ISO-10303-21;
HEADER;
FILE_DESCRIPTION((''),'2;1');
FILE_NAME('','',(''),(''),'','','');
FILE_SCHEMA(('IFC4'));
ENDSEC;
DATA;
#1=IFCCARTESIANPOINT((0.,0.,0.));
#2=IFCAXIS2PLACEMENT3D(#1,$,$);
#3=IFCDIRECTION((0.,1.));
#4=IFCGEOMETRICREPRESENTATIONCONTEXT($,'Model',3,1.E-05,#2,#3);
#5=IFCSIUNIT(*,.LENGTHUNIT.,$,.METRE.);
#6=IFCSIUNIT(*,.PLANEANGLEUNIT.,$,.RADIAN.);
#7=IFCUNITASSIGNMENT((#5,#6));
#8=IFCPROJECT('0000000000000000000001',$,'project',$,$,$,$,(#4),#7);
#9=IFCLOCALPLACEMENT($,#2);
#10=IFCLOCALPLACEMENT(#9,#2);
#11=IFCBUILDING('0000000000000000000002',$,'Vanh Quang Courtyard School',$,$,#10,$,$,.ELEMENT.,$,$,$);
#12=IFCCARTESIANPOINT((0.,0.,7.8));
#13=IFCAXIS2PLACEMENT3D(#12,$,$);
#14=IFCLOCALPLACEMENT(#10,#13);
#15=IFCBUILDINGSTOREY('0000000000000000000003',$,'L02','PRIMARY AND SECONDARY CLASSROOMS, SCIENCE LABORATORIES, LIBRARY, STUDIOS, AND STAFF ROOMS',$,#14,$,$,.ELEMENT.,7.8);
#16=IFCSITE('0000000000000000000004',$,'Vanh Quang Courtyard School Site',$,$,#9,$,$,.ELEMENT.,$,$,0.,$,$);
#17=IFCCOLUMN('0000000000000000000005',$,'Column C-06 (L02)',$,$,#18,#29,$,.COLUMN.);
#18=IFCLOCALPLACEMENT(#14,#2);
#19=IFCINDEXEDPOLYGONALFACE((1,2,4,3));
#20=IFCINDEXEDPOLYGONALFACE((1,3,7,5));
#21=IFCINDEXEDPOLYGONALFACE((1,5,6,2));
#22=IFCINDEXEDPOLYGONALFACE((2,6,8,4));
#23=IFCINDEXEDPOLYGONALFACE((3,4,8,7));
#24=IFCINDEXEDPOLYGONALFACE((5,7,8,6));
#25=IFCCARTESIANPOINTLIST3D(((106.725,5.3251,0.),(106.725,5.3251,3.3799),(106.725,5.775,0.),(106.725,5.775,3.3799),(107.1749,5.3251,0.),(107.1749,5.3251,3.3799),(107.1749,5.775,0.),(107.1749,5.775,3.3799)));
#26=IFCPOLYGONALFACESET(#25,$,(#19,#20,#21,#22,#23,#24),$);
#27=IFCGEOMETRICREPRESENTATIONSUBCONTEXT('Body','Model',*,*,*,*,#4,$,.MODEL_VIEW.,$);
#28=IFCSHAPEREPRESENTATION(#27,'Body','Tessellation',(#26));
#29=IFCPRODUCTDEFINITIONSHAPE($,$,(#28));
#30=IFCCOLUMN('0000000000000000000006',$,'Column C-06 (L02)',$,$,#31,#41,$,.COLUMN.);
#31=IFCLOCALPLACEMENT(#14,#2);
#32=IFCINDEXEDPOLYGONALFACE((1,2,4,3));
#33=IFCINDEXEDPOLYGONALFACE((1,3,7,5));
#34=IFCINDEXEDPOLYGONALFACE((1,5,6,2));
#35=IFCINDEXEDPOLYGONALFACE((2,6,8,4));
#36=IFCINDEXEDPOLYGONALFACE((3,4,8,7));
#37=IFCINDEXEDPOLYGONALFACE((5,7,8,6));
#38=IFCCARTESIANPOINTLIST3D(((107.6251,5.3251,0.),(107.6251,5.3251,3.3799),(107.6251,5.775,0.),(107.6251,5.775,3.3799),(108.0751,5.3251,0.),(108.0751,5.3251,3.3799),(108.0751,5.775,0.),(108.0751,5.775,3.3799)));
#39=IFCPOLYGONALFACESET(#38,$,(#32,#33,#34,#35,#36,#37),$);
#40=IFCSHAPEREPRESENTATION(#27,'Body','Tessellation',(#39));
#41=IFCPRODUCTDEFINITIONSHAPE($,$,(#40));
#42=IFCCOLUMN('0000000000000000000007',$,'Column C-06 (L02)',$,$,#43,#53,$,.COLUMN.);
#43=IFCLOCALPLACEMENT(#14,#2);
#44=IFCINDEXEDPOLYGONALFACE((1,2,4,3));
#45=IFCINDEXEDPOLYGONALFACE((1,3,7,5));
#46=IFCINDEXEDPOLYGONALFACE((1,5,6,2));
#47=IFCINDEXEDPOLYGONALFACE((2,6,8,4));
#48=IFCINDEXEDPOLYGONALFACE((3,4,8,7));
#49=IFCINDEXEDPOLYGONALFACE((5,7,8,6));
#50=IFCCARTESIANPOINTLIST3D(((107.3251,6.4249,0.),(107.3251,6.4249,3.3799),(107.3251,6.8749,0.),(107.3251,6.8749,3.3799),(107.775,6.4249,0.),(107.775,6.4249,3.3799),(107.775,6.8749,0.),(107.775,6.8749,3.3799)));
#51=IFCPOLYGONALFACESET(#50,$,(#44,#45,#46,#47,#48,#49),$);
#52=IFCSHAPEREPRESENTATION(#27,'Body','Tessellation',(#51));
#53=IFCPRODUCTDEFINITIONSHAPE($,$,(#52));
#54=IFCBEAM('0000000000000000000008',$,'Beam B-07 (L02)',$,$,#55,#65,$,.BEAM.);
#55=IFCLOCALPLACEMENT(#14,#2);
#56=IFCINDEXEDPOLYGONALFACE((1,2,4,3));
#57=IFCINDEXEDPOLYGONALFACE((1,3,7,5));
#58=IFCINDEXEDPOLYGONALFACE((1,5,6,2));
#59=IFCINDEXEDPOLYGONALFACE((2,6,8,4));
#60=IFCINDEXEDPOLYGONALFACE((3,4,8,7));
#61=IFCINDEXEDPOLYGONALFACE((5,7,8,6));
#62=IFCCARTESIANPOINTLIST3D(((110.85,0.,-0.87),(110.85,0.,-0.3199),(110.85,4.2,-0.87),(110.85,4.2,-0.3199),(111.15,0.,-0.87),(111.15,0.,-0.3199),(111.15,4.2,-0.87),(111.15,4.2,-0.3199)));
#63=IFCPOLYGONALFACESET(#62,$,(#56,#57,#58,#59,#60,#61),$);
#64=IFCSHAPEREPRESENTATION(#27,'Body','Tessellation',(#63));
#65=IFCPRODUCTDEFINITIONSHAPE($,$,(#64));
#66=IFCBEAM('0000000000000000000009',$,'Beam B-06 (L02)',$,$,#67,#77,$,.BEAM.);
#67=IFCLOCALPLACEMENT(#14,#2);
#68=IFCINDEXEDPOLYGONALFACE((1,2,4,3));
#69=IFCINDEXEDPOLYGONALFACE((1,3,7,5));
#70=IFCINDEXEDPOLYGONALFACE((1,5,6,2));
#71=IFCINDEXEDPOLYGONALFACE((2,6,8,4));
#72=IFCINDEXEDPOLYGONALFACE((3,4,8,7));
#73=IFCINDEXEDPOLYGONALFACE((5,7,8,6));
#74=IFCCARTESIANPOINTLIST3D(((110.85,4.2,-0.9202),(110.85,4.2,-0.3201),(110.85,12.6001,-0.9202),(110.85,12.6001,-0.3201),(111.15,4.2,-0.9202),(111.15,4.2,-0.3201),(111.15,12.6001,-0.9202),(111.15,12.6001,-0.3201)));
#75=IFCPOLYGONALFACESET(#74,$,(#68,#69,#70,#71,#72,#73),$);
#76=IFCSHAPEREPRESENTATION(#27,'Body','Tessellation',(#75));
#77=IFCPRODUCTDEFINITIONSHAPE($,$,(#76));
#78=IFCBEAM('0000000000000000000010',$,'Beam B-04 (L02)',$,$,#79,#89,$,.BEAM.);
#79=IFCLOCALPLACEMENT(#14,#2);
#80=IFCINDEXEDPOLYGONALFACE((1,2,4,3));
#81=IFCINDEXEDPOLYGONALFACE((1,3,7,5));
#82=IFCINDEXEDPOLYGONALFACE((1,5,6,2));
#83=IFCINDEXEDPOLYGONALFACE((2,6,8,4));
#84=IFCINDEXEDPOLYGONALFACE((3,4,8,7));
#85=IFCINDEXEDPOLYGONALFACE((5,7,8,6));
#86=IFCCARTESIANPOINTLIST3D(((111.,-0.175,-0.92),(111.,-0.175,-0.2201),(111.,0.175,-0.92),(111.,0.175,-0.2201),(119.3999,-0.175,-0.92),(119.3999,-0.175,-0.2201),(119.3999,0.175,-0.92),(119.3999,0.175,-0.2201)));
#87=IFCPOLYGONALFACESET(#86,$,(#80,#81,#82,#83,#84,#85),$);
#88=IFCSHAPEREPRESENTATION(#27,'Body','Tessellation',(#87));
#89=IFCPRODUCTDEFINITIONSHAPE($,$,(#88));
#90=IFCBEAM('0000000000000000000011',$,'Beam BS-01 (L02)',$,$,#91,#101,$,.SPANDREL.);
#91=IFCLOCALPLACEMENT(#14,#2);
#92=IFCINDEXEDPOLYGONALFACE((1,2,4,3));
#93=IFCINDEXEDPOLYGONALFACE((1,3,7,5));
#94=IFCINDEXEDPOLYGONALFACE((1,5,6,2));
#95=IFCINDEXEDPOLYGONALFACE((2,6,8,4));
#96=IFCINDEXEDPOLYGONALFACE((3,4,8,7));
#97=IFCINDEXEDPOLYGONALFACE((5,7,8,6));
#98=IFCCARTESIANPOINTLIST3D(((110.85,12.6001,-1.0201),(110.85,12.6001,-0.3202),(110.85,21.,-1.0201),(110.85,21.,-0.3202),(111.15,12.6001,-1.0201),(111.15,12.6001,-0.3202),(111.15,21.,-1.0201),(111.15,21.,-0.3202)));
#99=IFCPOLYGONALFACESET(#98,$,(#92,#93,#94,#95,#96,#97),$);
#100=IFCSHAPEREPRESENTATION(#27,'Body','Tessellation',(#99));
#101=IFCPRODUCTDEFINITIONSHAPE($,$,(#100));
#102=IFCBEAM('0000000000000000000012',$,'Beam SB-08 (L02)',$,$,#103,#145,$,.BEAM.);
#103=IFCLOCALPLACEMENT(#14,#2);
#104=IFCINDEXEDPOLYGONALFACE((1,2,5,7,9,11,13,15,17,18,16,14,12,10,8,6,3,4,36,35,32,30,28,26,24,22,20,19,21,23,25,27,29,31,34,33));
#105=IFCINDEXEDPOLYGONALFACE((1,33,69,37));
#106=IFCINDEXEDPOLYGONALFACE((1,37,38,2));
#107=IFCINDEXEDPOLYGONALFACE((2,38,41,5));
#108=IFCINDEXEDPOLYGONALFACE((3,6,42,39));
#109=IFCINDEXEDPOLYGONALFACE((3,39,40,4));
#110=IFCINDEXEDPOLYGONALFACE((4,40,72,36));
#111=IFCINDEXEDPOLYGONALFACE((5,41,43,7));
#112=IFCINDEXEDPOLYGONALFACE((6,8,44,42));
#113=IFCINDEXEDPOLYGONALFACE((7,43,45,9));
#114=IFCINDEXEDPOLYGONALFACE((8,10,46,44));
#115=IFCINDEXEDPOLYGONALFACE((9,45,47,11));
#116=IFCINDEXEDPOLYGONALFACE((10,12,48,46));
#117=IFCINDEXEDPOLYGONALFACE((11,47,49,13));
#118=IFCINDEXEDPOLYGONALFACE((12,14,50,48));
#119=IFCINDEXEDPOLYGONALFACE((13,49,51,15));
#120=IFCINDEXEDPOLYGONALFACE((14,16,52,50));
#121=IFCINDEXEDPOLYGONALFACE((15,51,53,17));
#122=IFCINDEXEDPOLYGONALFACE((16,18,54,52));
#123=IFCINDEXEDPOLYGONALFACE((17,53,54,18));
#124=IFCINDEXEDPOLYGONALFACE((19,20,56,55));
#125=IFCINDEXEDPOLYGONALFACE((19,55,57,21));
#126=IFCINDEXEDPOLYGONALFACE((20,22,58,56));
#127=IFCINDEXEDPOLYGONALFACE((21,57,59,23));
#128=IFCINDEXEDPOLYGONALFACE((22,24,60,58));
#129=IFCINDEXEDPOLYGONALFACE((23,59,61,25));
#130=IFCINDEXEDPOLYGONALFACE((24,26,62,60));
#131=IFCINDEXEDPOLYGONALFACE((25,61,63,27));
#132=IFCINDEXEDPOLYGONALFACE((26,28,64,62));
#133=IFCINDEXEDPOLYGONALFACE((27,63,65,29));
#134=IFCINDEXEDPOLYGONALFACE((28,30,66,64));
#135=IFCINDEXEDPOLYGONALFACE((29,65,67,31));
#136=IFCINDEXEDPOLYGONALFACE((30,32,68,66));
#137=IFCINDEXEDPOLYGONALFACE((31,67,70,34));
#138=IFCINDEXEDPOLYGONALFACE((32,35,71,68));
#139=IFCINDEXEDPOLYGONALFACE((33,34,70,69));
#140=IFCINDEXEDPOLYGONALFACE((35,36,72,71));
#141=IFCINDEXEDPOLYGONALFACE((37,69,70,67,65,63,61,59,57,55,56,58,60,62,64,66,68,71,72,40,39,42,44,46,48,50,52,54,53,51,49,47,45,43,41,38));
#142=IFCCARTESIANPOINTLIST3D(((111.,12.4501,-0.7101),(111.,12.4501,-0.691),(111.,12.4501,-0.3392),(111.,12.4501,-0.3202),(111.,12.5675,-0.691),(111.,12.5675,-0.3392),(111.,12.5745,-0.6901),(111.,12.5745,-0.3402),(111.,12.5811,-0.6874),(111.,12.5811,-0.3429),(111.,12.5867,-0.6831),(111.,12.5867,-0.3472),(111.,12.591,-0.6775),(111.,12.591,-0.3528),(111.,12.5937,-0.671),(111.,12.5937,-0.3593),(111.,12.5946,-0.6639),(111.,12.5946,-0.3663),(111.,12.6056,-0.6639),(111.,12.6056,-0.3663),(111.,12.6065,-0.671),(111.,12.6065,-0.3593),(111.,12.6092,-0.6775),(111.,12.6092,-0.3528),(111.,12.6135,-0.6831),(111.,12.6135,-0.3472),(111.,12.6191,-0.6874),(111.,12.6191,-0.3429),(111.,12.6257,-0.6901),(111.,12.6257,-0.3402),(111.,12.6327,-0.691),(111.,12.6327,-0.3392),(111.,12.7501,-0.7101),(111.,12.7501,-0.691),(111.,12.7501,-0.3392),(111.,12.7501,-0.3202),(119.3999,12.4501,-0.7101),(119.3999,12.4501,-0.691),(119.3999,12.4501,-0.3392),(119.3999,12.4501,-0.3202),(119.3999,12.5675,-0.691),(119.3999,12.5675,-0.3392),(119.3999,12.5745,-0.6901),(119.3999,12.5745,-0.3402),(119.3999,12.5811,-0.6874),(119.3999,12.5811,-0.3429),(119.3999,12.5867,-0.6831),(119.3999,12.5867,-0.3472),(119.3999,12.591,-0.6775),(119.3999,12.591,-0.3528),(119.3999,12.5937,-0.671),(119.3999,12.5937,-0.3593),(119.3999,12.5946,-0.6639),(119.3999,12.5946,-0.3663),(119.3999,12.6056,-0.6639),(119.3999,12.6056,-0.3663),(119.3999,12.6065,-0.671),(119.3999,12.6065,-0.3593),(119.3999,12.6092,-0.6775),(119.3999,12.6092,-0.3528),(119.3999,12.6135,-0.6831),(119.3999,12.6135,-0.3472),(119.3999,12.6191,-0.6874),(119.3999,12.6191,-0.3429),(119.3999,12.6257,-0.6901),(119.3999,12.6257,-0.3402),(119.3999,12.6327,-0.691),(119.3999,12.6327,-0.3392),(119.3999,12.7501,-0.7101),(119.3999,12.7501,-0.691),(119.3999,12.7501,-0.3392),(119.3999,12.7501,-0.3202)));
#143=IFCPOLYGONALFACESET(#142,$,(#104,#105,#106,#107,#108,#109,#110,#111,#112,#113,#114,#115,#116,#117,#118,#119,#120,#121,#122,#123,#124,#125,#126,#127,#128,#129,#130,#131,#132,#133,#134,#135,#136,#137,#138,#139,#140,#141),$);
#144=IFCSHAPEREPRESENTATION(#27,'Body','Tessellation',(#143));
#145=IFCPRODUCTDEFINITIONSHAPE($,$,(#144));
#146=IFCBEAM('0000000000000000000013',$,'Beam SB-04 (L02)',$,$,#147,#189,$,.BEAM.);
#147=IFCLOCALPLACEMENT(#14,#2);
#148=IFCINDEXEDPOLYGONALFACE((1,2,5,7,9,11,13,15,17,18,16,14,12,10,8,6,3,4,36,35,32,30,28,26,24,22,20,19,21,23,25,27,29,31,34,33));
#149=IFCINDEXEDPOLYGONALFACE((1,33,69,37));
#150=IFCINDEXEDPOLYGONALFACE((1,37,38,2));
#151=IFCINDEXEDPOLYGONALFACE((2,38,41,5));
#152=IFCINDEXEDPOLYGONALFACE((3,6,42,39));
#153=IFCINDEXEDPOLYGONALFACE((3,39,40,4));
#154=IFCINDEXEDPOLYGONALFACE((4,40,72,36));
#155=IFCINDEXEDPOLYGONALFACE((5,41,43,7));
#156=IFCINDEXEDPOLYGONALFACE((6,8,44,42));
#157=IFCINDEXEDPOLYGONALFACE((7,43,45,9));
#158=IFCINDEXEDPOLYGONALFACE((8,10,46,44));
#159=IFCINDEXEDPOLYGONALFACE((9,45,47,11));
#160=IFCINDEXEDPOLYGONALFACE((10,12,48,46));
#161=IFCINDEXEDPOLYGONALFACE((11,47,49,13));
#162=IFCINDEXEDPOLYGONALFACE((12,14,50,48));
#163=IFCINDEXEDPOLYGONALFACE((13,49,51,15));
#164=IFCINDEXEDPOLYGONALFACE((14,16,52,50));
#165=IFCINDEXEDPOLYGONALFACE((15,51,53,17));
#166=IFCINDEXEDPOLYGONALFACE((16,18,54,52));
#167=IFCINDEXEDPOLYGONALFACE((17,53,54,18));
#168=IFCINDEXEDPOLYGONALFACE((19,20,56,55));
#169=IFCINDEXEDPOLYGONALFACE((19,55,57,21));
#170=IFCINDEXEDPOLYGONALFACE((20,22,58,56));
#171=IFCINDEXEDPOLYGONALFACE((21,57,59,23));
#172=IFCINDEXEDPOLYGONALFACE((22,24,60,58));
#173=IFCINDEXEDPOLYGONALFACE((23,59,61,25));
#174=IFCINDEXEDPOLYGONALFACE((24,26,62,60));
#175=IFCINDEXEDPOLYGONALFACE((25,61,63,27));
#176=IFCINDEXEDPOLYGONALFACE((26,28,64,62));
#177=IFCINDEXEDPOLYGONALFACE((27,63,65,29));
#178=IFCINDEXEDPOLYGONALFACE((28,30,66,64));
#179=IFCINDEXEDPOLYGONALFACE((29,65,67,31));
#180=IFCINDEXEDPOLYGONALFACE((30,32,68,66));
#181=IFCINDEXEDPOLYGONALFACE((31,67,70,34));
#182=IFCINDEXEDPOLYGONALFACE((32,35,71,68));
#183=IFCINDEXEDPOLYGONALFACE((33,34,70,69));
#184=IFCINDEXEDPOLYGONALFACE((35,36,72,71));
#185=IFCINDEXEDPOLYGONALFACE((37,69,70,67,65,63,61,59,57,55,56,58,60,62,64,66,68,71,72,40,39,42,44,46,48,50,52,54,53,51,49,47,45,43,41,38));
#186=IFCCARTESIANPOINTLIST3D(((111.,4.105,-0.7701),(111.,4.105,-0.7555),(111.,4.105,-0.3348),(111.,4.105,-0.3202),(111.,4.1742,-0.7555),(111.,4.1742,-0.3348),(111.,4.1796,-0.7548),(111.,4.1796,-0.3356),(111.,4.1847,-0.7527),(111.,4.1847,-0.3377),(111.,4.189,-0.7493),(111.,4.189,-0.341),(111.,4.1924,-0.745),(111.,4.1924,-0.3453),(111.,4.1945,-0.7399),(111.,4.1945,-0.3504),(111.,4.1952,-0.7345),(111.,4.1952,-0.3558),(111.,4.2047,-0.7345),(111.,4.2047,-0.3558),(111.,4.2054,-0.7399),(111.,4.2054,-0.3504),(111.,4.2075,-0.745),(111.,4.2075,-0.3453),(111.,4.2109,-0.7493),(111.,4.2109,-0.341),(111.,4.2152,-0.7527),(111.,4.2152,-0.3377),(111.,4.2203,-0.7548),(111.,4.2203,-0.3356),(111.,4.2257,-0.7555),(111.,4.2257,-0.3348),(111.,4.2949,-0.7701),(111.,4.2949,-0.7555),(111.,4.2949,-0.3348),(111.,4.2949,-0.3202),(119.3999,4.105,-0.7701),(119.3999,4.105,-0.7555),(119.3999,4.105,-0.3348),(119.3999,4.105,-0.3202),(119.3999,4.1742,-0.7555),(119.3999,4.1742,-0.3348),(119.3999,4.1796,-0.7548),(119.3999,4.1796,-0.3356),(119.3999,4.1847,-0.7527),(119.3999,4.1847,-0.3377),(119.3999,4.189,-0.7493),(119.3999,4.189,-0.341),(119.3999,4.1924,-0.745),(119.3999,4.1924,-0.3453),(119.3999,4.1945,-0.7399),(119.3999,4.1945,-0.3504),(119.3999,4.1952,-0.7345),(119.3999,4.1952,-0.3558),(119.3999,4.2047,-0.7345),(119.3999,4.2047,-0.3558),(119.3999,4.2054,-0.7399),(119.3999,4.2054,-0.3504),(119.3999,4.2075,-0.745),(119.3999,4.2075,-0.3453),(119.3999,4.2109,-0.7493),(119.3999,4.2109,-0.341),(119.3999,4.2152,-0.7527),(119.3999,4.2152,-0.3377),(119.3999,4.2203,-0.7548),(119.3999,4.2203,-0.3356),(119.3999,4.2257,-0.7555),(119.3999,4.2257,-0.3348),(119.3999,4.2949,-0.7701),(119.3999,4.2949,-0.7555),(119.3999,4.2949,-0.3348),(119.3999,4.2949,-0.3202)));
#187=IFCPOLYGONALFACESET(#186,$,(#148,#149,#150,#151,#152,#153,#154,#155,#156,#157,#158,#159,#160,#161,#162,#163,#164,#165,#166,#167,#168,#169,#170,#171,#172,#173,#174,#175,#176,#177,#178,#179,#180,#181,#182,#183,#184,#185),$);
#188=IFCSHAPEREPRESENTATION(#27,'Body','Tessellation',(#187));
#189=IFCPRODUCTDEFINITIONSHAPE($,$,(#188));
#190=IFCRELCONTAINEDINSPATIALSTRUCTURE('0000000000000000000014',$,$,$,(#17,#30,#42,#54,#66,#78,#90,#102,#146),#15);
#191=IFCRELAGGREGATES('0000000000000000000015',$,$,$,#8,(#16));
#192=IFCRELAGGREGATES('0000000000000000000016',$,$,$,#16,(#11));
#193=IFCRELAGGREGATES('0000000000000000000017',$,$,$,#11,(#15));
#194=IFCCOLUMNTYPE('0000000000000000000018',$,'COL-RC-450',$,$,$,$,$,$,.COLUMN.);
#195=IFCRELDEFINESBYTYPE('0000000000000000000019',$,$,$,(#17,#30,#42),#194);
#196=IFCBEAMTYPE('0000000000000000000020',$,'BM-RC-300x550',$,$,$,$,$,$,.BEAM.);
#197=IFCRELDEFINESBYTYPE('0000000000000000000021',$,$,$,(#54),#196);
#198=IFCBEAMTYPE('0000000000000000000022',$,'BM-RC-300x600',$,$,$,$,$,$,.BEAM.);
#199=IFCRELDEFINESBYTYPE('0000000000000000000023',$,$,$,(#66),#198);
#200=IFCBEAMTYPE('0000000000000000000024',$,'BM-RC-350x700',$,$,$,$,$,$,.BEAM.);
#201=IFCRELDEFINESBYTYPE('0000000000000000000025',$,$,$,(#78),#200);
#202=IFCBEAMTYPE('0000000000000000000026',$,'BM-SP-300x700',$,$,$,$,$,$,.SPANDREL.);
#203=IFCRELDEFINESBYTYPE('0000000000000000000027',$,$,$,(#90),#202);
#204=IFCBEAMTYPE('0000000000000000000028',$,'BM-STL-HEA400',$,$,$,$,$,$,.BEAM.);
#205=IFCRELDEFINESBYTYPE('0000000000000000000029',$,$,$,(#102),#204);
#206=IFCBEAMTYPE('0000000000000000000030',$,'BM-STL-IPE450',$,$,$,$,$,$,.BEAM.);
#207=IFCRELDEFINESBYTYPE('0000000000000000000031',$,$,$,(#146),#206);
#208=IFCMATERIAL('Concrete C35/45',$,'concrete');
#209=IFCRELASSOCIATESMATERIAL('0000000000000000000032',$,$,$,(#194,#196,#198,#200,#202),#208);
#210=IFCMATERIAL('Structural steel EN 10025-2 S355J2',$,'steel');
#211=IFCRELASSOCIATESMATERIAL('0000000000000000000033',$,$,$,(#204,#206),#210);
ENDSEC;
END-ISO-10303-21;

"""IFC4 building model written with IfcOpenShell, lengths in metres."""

from ifc_helpers import new_model, si_unit, direction, frame, origin, origin_2d, place, context, subcontext, project, spatial, rectangle, i_section, extrude, material, material_profile, profile_set, type_object, element, save


model = new_model("IFC4")

# Units and contexts
model_context = context("Model", 3, precision=1e-05, world=origin(), true_north=direction((0.0, 1.0)))
body_context = subcontext(model_context, "Body", "Model", "MODEL_VIEW")
ifc_project = project(units=[si_unit("LENGTHUNIT", "METRE"), si_unit("PLANEANGLEUNIT", "RADIAN")], contexts=[model_context])

# Site, building, storey
site_placement = place(None, origin())
site = spatial("IfcSite", under=ifc_project, at=site_placement, Name="Vanh Quang Courtyard School Site", CompositionType="ELEMENT", RefElevation=0.0)
building_placement = place(site_placement, origin())
building = spatial("IfcBuilding", under=site, at=building_placement, Name="Vanh Quang Courtyard School", CompositionType="ELEMENT")
storey_placement = place(building_placement, frame((0.0, 0.0, 7.8)))
storey = spatial("IfcBuildingStorey", under=building, at=storey_placement, Name="L02", Description="PRIMARY AND SECONDARY CLASSROOMS, SCIENCE LABORATORIES, LIBRARY, STUDIOS, AND STAFF ROOMS", CompositionType="ELEMENT", Elevation=7.8)

# Columns
ifc_material_1 = material(Name="Concrete C35/45", Category="concrete")
ifc_material_profile_1 = material_profile(ifc_material_1, rectangle(XDim=0.45, YDim=0.45, at=origin_2d()), Name="RC-COL 450x450")
ifc_profile_set_1 = profile_set([ifc_material_profile_1], Name="Concrete C35/45")
column_type = type_object("IfcColumnType", Name="COL-RC-450", PredefinedType="COLUMN", material=ifc_profile_set_1)
for number, where, z_axis, x_axis, name in (
    (1, (106.95, 5.55, 0.0), (0.0, 0.0, 1.0), (1.0, 0.0, 0.0), "Column C-06 (L02)"),
    (2, (107.8501, 5.55, 0.0), (0.0, 0.0, 1.0), (1.0, 0.0, 0.0), "Column C-06 (L02)"),
    (3, (107.55, 6.6499, 0.0), (0.0, 0.0, 1.0), (1.0, 0.0, 0.0), "Column C-06 (L02)"),
):
    element("IfcColumn", number, at=place(storey_placement, frame(where, z_axis=z_axis, x_axis=x_axis)), inside=storey, type_object=column_type, Name=name, PredefinedType="COLUMN", context=body_context, shape_type="SweptSolid", body=[
        extrude(rectangle(XDim=0.45, YDim=0.45, at=origin_2d()), origin(), (0.0, 0.0, 1.0), 3.3799),
    ])

# Beams
ifc_material_profile_2 = material_profile(ifc_material_1, rectangle(XDim=0.3, YDim=0.55, at=origin_2d()), Name="RC-BM 300x550")
ifc_profile_set_2 = profile_set([ifc_material_profile_2], Name="Concrete C35/45")
beam_type_1 = type_object("IfcBeamType", Name="BM-RC-300x550", PredefinedType="BEAM", material=ifc_profile_set_2)
beam_1_placement = place(storey_placement, frame((111.0, 0.0, -0.595), z_axis=(0.0, 1.0, 0.0), x_axis=(-1.0, 0.0, 0.0)))
element("IfcBeam", 4, at=beam_1_placement, inside=storey, type_object=beam_type_1, Name="Beam B-07 (L02)", PredefinedType="BEAM", context=body_context, shape_type="SweptSolid", body=[
    extrude(rectangle(XDim=0.3, YDim=0.55, at=origin_2d()), origin(), (0.0, 0.0, 1.0), 4.2),
])
ifc_material_profile_3 = material_profile(ifc_material_1, rectangle(XDim=0.3, YDim=0.6001, at=origin_2d()), Name="RC-BM 300x600")
ifc_profile_set_3 = profile_set([ifc_material_profile_3], Name="Concrete C35/45")
beam_type_2 = type_object("IfcBeamType", Name="BM-RC-300x600", PredefinedType="BEAM", material=ifc_profile_set_3)
beam_2_placement = place(storey_placement, frame((111.0, 4.2, -0.6201), z_axis=(0.0, 1.0, 0.0), x_axis=(-1.0, 0.0, 0.0)))
element("IfcBeam", 5, at=beam_2_placement, inside=storey, type_object=beam_type_2, Name="Beam B-06 (L02)", PredefinedType="BEAM", context=body_context, shape_type="SweptSolid", body=[
    extrude(rectangle(XDim=0.3, YDim=0.6001, at=origin_2d()), origin(), (0.0, 0.0, 1.0), 8.4001),
])
ifc_material_profile_4 = material_profile(ifc_material_1, rectangle(XDim=0.3501, YDim=0.7, at=origin_2d()), Name="RC-BM 350x700")
ifc_profile_set_4 = profile_set([ifc_material_profile_4], Name="Concrete C35/45")
beam_type_3 = type_object("IfcBeamType", Name="BM-RC-350x700", PredefinedType="BEAM", material=ifc_profile_set_4)
beam_3_placement = place(storey_placement, frame((111.0, 0.0, -0.5701), z_axis=(1.0, 0.0, 0.0), x_axis=(0.0, 1.0, 0.0)))
element("IfcBeam", 6, at=beam_3_placement, inside=storey, type_object=beam_type_3, Name="Beam B-04 (L02)", PredefinedType="BEAM", context=body_context, shape_type="SweptSolid", body=[
    extrude(rectangle(XDim=0.3501, YDim=0.7, at=origin_2d()), origin(), (0.0, 0.0, 1.0), 8.3999),
])
ifc_material_profile_5 = material_profile(ifc_material_1, rectangle(XDim=0.3, YDim=0.7, at=origin_2d()), Name="RC-SP 300x700")
ifc_profile_set_5 = profile_set([ifc_material_profile_5], Name="Concrete C35/45")
beam_type_4 = type_object("IfcBeamType", Name="BM-SP-300x700", PredefinedType="SPANDREL", material=ifc_profile_set_5)
beam_4_placement = place(storey_placement, frame((111.0, 12.6001, -0.6702), z_axis=(0.0, 1.0, 0.0), x_axis=(-1.0, 0.0, 0.0)))
element("IfcBeam", 7, at=beam_4_placement, inside=storey, type_object=beam_type_4, Name="Beam BS-01 (L02)", PredefinedType="SPANDREL", context=body_context, shape_type="SweptSolid", body=[
    extrude(rectangle(XDim=0.3, YDim=0.7, at=origin_2d()), origin(), (0.0, 0.0, 1.0), 8.3999),
])
ifc_material_2 = material(Name="Structural steel EN 10025-2 S355J2", Category="steel")
ifc_material_profile_6 = material_profile(ifc_material_2, i_section(OverallWidth=0.3, OverallDepth=0.3899, WebThickness=0.011, FlangeThickness=0.019, FilletRadius=0.0271, at=origin_2d()), Name="HEA 400")
ifc_profile_set_6 = profile_set([ifc_material_profile_6], Name="Structural steel EN 10025-2 S355J2")
beam_type_5 = type_object("IfcBeamType", Name="BM-STL-HEA400", PredefinedType="BEAM", material=ifc_profile_set_6)
beam_5_placement = place(storey_placement, frame((111.0, 12.6001, -0.5151), z_axis=(1.0, 0.0, 0.0), x_axis=(0.0, 1.0, 0.0)))
element("IfcBeam", 8, at=beam_5_placement, inside=storey, type_object=beam_type_5, Name="Beam SB-08 (L02)", PredefinedType="BEAM", context=body_context, shape_type="SweptSolid", body=[
    extrude(i_section(OverallWidth=0.3, OverallDepth=0.3899, WebThickness=0.011, FlangeThickness=0.019, FilletRadius=0.0271, at=origin_2d()), origin(), (0.0, 0.0, 1.0), 8.3999),
])
ifc_material_profile_7 = material_profile(ifc_material_2, i_section(OverallWidth=0.1899, OverallDepth=0.45, WebThickness=0.0095, FlangeThickness=0.0146, FilletRadius=0.021, at=origin_2d()), Name="IPE 450")
ifc_profile_set_7 = profile_set([ifc_material_profile_7], Name="Structural steel EN 10025-2 S355J2")
beam_type_6 = type_object("IfcBeamType", Name="BM-STL-IPE450", PredefinedType="BEAM", material=ifc_profile_set_7)
beam_6_placement = place(storey_placement, frame((111.0, 4.2, -0.5452), z_axis=(1.0, 0.0, 0.0), x_axis=(0.0, 1.0, 0.0)))
element("IfcBeam", 9, at=beam_6_placement, inside=storey, type_object=beam_type_6, Name="Beam SB-04 (L02)", PredefinedType="BEAM", context=body_context, shape_type="SweptSolid", body=[
    extrude(i_section(OverallWidth=0.1899, OverallDepth=0.45, WebThickness=0.0095, FlangeThickness=0.0146, FilletRadius=0.021, at=origin_2d()), origin(), (0.0, 0.0, 1.0), 8.3999),
])

save(model, "model.ifc")
